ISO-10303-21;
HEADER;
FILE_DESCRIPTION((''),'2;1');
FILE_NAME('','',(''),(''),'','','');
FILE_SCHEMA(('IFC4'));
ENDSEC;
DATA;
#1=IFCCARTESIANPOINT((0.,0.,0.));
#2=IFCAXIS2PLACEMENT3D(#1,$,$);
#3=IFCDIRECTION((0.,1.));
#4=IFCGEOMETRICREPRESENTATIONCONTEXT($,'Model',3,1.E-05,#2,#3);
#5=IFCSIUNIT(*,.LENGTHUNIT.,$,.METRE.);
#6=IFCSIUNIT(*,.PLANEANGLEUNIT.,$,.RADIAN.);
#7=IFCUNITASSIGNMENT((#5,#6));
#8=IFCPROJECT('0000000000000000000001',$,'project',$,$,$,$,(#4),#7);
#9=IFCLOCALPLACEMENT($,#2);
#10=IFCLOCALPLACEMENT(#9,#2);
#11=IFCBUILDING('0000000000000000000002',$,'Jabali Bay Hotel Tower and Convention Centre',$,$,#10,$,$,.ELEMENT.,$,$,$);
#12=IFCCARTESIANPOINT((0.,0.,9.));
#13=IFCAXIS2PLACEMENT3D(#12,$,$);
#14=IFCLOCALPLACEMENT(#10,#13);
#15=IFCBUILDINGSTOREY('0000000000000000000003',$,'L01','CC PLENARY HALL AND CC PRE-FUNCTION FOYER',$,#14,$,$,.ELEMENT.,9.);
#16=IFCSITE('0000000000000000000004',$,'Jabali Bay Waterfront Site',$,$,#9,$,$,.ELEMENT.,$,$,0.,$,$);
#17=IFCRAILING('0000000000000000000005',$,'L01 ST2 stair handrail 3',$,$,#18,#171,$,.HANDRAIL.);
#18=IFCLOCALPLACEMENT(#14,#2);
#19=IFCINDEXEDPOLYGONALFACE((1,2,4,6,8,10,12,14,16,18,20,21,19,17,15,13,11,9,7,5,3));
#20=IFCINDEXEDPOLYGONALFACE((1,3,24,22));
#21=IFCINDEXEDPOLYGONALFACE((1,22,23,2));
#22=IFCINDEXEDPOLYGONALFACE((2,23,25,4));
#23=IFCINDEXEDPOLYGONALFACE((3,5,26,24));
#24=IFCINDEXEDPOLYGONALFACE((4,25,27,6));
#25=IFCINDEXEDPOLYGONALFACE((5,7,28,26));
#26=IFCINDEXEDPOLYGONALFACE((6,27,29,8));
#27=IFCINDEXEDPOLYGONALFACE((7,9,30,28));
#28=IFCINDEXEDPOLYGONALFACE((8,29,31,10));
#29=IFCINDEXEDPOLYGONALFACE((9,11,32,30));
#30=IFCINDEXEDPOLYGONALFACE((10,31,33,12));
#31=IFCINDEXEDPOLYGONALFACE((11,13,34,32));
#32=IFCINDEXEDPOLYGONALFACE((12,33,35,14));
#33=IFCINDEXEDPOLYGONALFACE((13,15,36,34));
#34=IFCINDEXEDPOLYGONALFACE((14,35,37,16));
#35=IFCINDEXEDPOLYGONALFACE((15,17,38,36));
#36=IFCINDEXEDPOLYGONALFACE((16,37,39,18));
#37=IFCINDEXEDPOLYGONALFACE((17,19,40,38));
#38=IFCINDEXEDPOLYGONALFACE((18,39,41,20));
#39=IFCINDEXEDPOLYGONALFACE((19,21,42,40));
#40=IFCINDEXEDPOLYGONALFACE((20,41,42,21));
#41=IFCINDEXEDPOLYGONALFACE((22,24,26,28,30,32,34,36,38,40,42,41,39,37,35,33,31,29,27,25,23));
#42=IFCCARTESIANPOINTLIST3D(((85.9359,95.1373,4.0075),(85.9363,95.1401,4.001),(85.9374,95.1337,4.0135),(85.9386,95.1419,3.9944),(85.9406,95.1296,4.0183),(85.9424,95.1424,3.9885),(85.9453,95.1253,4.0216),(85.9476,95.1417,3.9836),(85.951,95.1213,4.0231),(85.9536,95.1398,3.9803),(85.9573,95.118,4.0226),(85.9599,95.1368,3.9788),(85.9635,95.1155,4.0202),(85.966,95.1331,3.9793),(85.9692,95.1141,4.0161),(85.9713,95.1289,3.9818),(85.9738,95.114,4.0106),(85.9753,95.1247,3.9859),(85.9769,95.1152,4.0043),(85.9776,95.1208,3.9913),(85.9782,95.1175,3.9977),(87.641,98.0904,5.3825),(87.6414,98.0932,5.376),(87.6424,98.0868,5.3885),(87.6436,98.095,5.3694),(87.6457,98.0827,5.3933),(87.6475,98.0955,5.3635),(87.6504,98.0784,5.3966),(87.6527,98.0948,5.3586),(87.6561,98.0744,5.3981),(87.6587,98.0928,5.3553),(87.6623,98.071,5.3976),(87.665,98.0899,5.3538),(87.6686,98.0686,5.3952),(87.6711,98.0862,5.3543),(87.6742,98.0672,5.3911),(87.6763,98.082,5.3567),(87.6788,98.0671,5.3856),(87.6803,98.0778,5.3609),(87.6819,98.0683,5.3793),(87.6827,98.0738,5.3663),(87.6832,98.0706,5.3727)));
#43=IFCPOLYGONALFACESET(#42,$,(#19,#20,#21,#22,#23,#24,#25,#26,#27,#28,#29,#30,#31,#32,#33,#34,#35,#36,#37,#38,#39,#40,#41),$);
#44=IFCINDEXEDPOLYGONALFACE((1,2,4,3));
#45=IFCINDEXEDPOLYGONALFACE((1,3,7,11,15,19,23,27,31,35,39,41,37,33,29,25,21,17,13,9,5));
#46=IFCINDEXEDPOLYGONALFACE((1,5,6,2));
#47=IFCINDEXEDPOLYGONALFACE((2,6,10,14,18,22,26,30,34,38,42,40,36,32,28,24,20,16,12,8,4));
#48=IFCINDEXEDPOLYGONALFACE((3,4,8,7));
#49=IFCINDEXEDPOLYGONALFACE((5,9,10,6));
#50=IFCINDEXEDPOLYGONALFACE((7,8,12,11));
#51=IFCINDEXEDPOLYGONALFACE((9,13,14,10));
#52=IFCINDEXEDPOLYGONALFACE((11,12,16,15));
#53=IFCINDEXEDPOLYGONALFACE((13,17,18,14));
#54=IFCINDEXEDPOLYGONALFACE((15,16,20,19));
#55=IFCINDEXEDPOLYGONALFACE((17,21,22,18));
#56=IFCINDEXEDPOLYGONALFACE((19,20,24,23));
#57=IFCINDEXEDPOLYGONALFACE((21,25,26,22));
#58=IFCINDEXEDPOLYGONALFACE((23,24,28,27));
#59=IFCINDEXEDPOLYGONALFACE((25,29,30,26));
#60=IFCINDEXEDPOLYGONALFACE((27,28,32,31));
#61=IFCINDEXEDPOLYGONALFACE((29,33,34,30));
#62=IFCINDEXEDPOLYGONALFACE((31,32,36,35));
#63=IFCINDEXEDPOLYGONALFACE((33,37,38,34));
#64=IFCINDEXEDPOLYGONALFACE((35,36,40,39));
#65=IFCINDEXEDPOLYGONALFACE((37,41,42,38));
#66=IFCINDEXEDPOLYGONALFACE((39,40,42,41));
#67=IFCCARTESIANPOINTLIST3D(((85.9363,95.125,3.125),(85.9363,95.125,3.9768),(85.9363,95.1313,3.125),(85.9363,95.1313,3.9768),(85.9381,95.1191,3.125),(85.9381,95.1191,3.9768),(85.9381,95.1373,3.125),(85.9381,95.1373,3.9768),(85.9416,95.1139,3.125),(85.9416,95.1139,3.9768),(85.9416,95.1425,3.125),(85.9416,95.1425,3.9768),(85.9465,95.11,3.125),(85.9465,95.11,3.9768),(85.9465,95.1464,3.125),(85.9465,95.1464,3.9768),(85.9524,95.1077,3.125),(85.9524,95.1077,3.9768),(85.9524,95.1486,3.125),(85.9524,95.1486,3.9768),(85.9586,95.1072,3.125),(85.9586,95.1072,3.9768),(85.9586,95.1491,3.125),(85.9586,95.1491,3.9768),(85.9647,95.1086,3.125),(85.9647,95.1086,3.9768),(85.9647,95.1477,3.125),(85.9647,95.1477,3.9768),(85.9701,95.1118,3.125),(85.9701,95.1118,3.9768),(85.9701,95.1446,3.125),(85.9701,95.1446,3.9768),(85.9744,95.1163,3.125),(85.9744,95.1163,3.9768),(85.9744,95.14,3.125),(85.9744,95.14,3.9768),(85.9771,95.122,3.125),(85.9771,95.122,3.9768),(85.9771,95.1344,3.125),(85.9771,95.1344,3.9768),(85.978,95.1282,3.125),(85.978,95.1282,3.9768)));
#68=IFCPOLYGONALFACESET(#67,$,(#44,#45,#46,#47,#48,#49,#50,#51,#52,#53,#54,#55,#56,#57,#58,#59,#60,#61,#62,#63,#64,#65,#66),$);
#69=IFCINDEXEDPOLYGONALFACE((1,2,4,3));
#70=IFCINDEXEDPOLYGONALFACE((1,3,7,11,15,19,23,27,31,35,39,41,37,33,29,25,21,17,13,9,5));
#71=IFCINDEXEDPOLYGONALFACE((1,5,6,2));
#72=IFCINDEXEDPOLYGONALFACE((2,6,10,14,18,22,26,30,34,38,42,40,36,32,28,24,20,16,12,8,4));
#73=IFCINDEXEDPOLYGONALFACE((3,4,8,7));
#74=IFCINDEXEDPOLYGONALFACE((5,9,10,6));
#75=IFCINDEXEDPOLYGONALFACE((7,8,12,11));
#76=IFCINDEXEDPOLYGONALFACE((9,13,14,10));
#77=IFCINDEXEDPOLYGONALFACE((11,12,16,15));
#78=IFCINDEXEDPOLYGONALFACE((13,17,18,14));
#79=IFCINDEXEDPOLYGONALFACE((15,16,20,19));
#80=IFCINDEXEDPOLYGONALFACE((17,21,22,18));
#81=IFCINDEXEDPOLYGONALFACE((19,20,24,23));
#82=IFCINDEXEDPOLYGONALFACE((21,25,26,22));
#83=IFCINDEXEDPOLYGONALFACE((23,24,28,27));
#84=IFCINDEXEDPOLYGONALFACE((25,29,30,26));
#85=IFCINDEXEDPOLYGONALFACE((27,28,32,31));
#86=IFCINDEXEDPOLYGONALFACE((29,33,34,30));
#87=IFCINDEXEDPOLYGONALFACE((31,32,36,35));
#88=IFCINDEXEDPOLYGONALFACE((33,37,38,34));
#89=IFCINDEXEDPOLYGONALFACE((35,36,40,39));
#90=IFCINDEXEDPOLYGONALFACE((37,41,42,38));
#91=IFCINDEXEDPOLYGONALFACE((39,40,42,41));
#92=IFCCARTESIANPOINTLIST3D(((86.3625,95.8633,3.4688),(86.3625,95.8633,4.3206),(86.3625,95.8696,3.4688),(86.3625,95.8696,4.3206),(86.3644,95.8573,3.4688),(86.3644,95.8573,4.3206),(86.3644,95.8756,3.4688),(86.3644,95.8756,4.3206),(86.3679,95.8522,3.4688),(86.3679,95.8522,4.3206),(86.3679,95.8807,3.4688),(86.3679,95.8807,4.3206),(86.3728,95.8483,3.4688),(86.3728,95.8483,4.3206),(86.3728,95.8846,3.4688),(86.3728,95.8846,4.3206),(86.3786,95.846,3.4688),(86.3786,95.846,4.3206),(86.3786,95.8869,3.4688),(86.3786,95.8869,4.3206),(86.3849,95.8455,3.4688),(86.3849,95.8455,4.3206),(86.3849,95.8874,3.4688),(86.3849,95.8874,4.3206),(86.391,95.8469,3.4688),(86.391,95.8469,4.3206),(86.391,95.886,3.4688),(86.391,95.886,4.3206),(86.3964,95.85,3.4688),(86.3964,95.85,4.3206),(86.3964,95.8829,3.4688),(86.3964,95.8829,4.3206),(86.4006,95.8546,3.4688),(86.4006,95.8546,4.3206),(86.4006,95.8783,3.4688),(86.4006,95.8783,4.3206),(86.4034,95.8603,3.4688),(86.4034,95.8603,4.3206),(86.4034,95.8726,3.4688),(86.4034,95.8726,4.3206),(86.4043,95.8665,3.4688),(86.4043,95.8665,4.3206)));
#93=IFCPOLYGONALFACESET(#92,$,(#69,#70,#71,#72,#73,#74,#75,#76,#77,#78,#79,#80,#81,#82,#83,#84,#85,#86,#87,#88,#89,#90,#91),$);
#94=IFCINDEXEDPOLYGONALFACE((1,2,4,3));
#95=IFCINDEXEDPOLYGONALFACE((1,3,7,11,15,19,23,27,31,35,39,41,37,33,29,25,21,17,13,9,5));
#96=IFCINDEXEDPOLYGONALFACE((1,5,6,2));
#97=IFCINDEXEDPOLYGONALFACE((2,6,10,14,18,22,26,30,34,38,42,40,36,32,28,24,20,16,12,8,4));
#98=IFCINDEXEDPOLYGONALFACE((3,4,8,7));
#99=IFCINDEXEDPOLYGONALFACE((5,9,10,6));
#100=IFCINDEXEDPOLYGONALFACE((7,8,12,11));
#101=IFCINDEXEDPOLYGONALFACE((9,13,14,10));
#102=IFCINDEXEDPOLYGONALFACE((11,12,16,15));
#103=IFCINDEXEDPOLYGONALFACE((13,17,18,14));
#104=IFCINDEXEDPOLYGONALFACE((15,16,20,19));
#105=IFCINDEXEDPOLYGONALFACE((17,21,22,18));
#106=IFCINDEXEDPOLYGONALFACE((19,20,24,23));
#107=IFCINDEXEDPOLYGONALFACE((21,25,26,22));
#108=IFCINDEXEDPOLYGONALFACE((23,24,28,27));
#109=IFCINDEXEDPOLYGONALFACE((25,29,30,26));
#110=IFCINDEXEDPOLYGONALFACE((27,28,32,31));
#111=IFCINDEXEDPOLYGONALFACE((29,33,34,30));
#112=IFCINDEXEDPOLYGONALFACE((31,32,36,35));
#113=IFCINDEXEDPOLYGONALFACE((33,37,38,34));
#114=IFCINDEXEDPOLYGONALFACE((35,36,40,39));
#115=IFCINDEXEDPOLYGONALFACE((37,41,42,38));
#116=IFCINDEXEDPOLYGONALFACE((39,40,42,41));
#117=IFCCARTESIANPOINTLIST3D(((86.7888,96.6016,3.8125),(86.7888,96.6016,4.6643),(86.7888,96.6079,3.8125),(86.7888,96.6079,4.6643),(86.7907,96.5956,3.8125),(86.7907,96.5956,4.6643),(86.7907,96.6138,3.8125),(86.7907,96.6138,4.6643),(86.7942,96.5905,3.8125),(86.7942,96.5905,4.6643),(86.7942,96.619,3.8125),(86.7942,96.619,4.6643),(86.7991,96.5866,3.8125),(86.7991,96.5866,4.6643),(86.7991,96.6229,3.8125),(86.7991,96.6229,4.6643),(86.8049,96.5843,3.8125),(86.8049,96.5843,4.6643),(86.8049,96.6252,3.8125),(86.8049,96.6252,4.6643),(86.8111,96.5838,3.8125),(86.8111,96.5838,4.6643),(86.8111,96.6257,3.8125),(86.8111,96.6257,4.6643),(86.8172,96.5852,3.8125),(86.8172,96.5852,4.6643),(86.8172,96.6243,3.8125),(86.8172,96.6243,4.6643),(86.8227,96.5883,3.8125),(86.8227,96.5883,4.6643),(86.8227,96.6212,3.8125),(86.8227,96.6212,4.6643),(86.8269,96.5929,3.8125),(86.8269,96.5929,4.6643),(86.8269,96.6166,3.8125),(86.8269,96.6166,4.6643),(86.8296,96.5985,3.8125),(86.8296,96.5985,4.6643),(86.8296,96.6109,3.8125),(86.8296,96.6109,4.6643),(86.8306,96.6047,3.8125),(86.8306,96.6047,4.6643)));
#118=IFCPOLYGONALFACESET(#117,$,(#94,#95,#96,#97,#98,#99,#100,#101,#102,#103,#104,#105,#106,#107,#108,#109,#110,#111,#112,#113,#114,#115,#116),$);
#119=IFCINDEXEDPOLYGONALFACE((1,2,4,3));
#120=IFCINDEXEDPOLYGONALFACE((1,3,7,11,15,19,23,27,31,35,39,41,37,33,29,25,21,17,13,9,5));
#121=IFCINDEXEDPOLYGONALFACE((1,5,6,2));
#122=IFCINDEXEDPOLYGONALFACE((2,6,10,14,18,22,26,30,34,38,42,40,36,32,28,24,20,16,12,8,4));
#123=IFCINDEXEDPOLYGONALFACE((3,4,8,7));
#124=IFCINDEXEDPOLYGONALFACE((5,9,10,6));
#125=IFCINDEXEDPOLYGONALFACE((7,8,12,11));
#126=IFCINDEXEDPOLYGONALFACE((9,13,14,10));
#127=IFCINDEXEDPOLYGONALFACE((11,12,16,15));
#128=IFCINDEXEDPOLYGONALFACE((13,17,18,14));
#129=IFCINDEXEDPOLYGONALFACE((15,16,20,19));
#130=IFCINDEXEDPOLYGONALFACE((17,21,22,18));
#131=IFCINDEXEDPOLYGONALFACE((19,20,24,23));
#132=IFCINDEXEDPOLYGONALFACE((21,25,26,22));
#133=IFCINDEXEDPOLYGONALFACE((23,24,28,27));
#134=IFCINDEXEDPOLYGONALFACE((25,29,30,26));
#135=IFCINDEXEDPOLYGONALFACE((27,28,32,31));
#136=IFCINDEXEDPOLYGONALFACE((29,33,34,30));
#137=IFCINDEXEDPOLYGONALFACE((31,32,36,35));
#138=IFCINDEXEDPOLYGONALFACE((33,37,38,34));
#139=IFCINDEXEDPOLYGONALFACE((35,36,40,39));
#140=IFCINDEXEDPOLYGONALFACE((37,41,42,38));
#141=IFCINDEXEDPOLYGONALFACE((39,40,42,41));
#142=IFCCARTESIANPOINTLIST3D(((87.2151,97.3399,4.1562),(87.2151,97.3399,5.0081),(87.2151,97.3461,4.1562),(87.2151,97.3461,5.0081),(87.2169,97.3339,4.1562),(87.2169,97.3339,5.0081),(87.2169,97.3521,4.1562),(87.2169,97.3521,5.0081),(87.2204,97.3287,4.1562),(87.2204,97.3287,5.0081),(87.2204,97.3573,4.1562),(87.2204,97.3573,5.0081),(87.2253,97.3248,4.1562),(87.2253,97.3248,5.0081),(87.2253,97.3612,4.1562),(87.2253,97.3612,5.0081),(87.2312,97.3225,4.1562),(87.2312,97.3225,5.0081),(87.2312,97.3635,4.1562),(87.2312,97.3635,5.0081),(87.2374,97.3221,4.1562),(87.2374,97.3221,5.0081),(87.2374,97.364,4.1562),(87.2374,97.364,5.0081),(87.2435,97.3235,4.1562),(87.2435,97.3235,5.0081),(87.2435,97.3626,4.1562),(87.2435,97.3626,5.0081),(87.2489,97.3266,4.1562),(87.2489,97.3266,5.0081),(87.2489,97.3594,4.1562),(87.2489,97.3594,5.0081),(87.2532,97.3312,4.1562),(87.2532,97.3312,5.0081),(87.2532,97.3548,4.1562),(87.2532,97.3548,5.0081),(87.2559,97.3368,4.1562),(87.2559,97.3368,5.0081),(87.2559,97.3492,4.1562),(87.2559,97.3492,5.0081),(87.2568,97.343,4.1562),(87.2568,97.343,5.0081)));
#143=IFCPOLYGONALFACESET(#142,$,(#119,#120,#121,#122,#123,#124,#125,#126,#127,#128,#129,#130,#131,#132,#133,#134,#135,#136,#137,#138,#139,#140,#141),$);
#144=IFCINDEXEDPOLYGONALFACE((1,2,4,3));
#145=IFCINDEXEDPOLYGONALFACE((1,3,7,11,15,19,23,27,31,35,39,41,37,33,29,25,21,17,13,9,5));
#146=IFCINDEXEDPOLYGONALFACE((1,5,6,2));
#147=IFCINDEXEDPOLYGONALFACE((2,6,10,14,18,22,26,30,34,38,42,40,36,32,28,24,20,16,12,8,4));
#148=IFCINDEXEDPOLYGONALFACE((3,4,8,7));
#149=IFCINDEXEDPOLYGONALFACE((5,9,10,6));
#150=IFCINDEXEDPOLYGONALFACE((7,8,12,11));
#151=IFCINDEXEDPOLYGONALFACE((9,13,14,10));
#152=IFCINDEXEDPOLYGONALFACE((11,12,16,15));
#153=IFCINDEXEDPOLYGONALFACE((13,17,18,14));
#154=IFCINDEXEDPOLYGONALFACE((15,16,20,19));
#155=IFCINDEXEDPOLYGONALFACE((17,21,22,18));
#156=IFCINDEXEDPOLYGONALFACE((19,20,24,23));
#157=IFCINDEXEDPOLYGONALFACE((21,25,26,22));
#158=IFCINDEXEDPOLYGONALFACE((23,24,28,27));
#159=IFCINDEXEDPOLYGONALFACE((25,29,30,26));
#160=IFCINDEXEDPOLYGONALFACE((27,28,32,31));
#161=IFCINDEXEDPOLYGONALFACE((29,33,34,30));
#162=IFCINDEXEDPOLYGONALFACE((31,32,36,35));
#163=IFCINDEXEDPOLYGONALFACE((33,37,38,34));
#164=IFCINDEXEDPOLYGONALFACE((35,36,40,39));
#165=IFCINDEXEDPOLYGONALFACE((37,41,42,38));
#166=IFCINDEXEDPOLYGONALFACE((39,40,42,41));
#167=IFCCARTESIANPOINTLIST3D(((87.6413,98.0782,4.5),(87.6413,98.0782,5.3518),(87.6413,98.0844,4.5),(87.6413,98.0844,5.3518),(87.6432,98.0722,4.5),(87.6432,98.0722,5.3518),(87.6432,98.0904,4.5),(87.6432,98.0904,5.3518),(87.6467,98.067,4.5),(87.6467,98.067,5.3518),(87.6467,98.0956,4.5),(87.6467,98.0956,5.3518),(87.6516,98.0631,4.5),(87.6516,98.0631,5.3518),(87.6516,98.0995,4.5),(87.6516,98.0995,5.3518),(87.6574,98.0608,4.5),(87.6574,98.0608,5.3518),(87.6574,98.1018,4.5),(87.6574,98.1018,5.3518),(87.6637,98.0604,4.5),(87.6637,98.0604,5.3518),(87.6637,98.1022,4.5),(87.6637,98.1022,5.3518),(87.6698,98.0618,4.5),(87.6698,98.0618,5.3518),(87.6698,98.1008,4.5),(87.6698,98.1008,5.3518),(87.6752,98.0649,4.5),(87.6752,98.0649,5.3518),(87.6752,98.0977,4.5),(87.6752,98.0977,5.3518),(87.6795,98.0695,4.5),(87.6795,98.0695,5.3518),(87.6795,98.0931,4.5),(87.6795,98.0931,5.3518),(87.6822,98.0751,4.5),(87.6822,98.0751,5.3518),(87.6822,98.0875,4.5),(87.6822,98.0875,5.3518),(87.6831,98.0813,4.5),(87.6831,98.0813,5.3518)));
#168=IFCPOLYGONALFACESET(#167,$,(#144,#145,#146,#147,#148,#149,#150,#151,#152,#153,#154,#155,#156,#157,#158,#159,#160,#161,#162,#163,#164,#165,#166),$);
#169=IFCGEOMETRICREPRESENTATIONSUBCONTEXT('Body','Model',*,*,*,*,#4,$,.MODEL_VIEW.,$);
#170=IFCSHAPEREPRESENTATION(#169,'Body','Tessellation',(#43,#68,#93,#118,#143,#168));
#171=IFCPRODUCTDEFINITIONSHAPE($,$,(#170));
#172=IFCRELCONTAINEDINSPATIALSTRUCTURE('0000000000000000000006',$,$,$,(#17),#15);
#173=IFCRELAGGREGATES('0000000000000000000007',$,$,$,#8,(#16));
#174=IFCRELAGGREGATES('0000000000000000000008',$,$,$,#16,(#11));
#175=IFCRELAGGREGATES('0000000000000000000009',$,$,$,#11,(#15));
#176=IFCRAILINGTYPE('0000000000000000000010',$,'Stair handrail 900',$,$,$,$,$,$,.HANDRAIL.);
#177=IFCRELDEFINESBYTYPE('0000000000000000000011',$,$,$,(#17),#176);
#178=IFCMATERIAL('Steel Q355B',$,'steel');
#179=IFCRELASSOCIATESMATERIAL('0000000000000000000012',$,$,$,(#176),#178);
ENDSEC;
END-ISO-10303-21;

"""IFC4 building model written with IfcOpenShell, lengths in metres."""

from ifc_helpers import new_model, si_unit, direction, frame, origin, origin_2d, place, context, subcontext, project, spatial, circle, extrude, material, type_object, element, save


model = new_model("IFC4")

# Units and contexts
model_context = context("Model", 3, precision=1e-05, world=origin(), true_north=direction((0.0, 1.0)))
body_context = subcontext(model_context, "Body", "Model", "MODEL_VIEW")
ifc_project = project(units=[si_unit("LENGTHUNIT", "METRE"), si_unit("PLANEANGLEUNIT", "RADIAN")], contexts=[model_context])

# Site, building, storey
site_placement = place(None, origin())
site = spatial("IfcSite", under=ifc_project, at=site_placement, Name="Jabali Bay Waterfront Site", CompositionType="ELEMENT", RefElevation=0.0)
building_placement = place(site_placement, origin())
building = spatial("IfcBuilding", under=site, at=building_placement, Name="Jabali Bay Hotel Tower and Convention Centre", CompositionType="ELEMENT")
storey_placement = place(building_placement, frame((0.0, 0.0, 9.0)))
storey = spatial("IfcBuildingStorey", under=building, at=storey_placement, Name="L01", Description="CC PLENARY HALL AND CC PRE-FUNCTION FOYER", CompositionType="ELEMENT", Elevation=9.0)

# Railing
ifc_material_1 = material(Name="Steel Q355B", Category="steel")
railing_type = type_object("IfcRailingType", Name="Stair handrail 900", PredefinedType="HANDRAIL", material=ifc_material_1)
for number, where, name in (
    (1, (85.957, 95.1282, 3.125), "L01 ST2 stair handrail 3"),
):
    element("IfcRailing", number, at=place(storey_placement, frame(where)), inside=storey, type_object=railing_type, Name=name, PredefinedType="HANDRAIL", context=body_context, shape_type="SweptSolid", body=[
        extrude(circle(Radius=0.0239, at=origin_2d()), frame((0.0, 0.0, 0.876), z_axis=(0.46374, 0.803178, 0.373966), x_axis=(-0.866014, 0.50002, 0.0)), (0.0, 0.0, 1.0), 3.6768),
        extrude(circle(Radius=0.021, at=origin_2d()), origin(), (0.0, 0.0, 1.0), 0.8518),
        extrude(circle(Radius=0.021, at=origin_2d()), frame((0.4263, 0.7383, 0.3438)), (0.0, 0.0, 1.0), 0.8518),
        extrude(circle(Radius=0.021, at=origin_2d()), frame((0.8525, 1.4766, 0.6875)), (0.0, 0.0, 1.0), 0.8518),
        extrude(circle(Radius=0.021, at=origin_2d()), frame((1.2788, 2.2148, 1.0312)), (0.0, 0.0, 1.0), 0.8518),
        extrude(circle(Radius=0.021, at=origin_2d()), frame((1.7051, 2.9531, 1.375)), (0.0, 0.0, 1.0), 0.8518),
    ])

save(model, "model.ifc")
